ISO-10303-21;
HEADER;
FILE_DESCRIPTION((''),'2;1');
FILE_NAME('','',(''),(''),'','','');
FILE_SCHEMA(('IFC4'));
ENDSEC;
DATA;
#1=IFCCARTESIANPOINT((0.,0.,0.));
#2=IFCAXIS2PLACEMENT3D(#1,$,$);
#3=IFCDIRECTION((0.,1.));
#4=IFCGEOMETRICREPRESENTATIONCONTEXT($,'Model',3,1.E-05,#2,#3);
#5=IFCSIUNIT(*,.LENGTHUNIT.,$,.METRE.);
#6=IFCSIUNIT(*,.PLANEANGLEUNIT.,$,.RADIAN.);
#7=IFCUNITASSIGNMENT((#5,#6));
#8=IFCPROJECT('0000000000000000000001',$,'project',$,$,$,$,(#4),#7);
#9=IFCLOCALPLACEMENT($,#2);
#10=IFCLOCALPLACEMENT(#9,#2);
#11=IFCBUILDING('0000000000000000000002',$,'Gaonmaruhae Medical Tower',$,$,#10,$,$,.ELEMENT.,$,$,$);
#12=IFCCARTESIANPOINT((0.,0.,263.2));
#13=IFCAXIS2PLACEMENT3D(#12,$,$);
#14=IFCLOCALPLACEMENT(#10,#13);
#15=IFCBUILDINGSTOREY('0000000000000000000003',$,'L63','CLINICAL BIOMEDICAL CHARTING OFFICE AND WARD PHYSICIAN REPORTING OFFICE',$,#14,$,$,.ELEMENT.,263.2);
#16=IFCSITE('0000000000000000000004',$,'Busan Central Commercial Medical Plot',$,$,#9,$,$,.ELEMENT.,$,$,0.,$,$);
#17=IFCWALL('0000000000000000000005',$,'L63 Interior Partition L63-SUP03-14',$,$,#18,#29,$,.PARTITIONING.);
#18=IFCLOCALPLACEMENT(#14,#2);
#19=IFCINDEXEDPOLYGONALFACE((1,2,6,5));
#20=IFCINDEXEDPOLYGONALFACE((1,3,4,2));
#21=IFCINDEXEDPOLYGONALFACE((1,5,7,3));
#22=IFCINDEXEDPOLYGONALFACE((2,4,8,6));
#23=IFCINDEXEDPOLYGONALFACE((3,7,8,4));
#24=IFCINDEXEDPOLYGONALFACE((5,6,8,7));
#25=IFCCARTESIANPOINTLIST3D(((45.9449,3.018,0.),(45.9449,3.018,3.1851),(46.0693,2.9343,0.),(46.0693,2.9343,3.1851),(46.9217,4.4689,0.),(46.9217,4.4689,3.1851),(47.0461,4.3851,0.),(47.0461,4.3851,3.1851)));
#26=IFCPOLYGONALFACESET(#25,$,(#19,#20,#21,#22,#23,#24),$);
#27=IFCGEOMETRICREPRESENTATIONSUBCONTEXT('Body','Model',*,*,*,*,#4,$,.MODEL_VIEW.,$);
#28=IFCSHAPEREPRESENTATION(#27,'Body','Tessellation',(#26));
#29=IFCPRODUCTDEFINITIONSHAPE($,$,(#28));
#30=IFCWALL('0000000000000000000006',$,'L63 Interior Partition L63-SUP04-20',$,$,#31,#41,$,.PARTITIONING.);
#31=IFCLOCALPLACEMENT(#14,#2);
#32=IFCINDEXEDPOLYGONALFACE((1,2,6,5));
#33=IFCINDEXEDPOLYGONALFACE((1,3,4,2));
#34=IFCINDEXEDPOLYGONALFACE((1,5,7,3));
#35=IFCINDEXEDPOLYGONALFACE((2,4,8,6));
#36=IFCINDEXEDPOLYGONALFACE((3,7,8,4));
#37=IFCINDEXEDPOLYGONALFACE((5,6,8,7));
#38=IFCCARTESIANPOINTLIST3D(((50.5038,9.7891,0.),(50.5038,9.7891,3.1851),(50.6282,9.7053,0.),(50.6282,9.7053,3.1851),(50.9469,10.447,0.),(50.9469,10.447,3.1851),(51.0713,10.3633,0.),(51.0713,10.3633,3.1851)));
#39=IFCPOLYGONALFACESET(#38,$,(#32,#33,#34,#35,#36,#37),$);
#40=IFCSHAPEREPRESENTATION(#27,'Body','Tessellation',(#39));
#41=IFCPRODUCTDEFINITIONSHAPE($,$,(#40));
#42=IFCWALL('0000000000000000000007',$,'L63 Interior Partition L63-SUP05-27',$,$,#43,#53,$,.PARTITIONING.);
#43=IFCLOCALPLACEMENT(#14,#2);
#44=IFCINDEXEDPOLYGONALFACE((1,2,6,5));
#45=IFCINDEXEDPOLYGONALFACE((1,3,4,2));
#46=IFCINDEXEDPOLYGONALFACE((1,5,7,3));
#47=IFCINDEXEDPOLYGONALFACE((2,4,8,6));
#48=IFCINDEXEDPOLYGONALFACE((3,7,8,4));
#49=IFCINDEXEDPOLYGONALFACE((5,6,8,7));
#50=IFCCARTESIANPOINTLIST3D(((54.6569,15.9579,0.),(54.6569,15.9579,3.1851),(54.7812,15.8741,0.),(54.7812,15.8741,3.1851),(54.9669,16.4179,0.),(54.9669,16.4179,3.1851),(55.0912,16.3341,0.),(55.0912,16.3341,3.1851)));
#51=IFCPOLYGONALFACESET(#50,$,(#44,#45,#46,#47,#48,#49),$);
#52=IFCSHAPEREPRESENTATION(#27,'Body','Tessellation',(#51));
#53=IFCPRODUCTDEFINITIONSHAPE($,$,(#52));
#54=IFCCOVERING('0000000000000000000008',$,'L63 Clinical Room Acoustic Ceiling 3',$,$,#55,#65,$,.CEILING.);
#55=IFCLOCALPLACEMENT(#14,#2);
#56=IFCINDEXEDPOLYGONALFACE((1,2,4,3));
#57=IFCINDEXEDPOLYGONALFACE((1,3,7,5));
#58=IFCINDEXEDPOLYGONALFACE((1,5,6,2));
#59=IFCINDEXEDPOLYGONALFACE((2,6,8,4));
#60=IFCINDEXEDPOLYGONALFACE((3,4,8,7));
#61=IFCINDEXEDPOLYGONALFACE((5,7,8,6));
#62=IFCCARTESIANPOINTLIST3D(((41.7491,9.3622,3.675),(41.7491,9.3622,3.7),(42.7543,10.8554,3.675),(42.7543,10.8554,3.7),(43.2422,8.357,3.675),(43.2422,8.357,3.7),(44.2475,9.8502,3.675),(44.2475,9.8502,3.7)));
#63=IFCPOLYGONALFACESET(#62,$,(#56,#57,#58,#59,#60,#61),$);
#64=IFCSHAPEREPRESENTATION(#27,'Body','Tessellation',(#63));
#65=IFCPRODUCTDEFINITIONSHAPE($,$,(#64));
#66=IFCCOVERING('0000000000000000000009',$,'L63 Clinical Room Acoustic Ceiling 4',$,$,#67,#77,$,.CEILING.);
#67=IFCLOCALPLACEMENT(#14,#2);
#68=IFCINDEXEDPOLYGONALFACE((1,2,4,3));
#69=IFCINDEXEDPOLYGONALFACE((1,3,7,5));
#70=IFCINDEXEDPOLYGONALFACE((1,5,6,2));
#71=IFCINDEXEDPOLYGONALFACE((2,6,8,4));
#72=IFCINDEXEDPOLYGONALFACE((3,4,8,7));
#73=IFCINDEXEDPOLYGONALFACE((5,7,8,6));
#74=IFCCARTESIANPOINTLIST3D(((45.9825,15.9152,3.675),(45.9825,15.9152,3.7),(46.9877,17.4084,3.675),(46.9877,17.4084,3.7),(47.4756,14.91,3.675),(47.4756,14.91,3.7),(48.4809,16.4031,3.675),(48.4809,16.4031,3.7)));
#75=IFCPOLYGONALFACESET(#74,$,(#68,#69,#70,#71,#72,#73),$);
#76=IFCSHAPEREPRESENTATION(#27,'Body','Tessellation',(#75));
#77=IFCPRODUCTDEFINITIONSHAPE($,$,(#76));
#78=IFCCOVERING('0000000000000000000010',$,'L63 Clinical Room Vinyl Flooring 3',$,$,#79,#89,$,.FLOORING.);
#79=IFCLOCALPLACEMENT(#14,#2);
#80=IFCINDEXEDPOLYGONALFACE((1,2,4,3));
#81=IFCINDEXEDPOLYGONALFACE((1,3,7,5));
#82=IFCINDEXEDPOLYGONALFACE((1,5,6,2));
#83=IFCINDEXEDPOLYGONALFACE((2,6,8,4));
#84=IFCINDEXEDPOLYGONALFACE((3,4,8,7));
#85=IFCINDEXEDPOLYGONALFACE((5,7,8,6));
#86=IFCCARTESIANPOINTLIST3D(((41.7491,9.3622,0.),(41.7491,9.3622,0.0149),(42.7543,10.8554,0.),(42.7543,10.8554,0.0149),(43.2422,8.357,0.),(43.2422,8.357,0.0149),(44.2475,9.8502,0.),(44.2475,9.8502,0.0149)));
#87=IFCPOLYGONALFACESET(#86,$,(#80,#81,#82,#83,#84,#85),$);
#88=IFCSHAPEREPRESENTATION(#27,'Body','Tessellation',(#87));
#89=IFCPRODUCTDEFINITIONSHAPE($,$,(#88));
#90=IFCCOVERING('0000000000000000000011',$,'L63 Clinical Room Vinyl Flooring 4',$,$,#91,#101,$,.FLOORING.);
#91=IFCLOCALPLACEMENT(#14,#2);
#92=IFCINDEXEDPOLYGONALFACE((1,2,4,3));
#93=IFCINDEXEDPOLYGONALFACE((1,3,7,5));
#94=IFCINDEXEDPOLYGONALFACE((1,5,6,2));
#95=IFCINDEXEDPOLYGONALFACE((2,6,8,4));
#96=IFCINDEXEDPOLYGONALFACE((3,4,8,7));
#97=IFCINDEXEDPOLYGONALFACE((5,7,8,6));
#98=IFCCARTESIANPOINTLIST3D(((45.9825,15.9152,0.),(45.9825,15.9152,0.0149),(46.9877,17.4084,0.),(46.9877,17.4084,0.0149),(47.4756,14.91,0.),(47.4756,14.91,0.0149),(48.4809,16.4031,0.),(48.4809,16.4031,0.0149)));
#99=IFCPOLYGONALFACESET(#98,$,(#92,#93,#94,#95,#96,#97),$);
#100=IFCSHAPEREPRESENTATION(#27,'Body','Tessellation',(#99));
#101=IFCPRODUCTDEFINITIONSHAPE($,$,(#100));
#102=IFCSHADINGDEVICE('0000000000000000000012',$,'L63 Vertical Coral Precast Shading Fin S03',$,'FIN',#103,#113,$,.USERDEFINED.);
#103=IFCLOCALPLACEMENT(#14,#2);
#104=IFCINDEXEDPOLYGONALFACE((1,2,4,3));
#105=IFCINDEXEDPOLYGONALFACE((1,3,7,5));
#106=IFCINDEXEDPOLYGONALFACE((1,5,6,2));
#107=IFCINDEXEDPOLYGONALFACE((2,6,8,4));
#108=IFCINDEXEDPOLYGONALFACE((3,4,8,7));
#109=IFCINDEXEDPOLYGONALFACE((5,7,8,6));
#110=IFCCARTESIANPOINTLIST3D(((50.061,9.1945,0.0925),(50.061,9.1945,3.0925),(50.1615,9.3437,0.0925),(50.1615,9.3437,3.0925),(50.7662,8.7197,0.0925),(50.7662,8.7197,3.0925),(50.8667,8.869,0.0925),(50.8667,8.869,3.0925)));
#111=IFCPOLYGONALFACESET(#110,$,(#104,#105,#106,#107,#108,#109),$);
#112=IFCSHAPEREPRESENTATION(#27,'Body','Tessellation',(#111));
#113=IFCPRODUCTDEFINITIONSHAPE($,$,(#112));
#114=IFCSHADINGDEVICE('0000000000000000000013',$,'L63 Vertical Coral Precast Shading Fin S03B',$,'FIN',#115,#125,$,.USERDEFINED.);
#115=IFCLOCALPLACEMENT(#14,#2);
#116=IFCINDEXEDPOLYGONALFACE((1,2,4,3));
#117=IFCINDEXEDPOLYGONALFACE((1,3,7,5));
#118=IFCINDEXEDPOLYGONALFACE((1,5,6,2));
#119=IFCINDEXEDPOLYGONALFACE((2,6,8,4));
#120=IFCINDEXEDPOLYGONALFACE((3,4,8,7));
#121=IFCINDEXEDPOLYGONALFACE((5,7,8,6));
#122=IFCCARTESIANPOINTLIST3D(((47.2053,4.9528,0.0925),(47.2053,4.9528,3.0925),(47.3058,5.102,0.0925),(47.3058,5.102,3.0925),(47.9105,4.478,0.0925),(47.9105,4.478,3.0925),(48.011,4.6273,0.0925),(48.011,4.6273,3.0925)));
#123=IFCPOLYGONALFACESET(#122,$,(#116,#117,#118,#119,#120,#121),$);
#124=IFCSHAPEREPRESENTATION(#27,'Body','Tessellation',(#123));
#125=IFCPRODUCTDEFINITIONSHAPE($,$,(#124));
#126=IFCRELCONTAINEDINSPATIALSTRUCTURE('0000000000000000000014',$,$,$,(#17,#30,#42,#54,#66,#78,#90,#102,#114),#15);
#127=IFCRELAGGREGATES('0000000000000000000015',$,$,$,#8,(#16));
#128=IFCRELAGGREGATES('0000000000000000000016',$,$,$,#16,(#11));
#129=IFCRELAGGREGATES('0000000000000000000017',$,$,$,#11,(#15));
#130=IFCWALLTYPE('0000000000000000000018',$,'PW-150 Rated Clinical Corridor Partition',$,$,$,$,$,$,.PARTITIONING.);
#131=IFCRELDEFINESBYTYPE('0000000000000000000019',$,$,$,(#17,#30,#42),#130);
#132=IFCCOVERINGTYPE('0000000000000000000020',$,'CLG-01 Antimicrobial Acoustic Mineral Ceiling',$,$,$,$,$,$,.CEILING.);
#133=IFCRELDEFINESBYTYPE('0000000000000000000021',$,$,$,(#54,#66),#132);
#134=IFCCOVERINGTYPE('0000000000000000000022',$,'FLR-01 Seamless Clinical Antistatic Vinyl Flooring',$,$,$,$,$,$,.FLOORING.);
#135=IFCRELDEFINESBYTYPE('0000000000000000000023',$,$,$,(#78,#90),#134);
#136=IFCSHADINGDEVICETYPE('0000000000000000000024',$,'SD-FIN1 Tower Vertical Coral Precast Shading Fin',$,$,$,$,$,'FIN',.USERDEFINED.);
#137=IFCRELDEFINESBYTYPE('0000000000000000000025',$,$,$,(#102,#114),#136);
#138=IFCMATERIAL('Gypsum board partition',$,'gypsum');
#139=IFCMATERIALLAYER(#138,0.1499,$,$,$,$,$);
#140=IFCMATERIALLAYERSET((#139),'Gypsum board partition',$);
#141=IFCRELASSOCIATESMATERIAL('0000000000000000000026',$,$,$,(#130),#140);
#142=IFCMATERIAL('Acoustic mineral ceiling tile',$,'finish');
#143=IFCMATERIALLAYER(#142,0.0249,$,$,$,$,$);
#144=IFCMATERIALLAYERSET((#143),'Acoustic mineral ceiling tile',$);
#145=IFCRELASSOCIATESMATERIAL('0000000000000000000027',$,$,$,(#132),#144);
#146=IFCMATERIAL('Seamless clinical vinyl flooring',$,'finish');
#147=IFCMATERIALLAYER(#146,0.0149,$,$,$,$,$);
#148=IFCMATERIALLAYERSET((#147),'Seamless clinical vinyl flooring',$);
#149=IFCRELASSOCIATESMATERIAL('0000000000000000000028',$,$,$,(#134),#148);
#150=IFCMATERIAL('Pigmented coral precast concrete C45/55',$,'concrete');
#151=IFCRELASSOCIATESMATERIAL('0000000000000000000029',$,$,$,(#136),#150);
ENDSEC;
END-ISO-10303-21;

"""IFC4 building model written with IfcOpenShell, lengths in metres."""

from ifc_helpers import new_model, si_unit, direction, frame, frame_2d, origin, origin_2d, place, context, subcontext, project, spatial, rectangle, extrude, material, layer, layer_set, type_object, element, save


model = new_model("IFC4")

# Units and contexts
model_context = context("Model", 3, precision=1e-05, world=origin(), true_north=direction((0.0, 1.0)))
body_context = subcontext(model_context, "Body", "Model", "MODEL_VIEW")
ifc_project = project(units=[si_unit("LENGTHUNIT", "METRE"), si_unit("PLANEANGLEUNIT", "RADIAN")], contexts=[model_context])

# Site, building, storey
site_placement = place(None, origin())
site = spatial("IfcSite", under=ifc_project, at=site_placement, Name="Busan Central Commercial Medical Plot", CompositionType="ELEMENT", RefElevation=0.0)
building_placement = place(site_placement, origin())
building = spatial("IfcBuilding", under=site, at=building_placement, Name="Gaonmaruhae Medical Tower", CompositionType="ELEMENT")
storey_placement = place(building_placement, frame((0.0, 0.0, 263.2)))
storey = spatial("IfcBuildingStorey", under=building, at=storey_placement, Name="L63", Description="CLINICAL BIOMEDICAL CHARTING OFFICE AND WARD PHYSICIAN REPORTING OFFICE", CompositionType="ELEMENT", Elevation=263.2)

# Walls
ifc_material_1 = material(Name="Gypsum board partition", Category="gypsum")
ifc_layer_1 = layer(ifc_material_1, 0.1499)
ifc_layer_set_1 = layer_set([ifc_layer_1], Name="Gypsum board partition")
wall_type_1 = type_object("IfcWallType", Name="PW-150 Rated Clinical Corridor Partition", PredefinedType="PARTITIONING", material=ifc_layer_set_1)
wall_1_placement = place(storey_placement, frame((46.9839, 4.427, 0.0), z_axis=(0.0, 0.0, 1.0), x_axis=(-0.558463, -0.829529, 0.0)))
element("IfcWall", 1, at=wall_1_placement, inside=storey, type_object=wall_type_1, Name="L63 Interior Partition L63-SUP03-14", PredefinedType="PARTITIONING", context=body_context, shape_type="SweptSolid", body=[
    extrude(rectangle(XDim=1.749, YDim=0.1499, at=frame_2d((0.8745, 0.0))), origin(), (0.0, 0.0, 1.0), 3.1851),
])
wall_2_placement = place(storey_placement, frame((51.009, 10.405, 0.0), z_axis=(0.0, 0.0, 1.0), x_axis=(-0.5586, -0.829437, 0.0)))
element("IfcWall", 2, at=wall_2_placement, inside=storey, type_object=wall_type_1, Name="L63 Interior Partition L63-SUP04-20", PredefinedType="PARTITIONING", context=body_context, shape_type="SweptSolid", body=[
    extrude(rectangle(XDim=0.7932, YDim=0.1499, at=frame_2d((0.3965, 0.0))), origin(), (0.0, 0.0, 1.0), 3.1851),
])
wall_3_placement = place(storey_placement, frame((55.0291, 16.376, 0.0), z_axis=(0.0, 0.0, 1.0), x_axis=(-0.558959, -0.829195, 0.0)))
element("IfcWall", 3, at=wall_3_placement, inside=storey, type_object=wall_type_1, Name="L63 Interior Partition L63-SUP05-27", PredefinedType="PARTITIONING", context=body_context, shape_type="SweptSolid", body=[
    extrude(rectangle(XDim=0.5547, YDim=0.1499, at=frame_2d((0.2773, 0.0))), origin(), (0.0, 0.0, 1.0), 3.1851),
])

# Coverings
ifc_material_2 = material(Name="Acoustic mineral ceiling tile", Category="finish")
ifc_layer_2 = layer(ifc_material_2, 0.0249)
ifc_layer_set_2 = layer_set([ifc_layer_2], Name="Acoustic mineral ceiling tile")
covering_type_1 = type_object("IfcCoveringType", Name="CLG-01 Antimicrobial Acoustic Mineral Ceiling", PredefinedType="CEILING", material=ifc_layer_set_2)
for number, where, z_axis, x_axis, name in (
    (4, (42.9983, 9.6062, 3.675), (0.0, 0.0, 1.0), (0.558469, 0.829525, 0.0), "L63 Clinical Room Acoustic Ceiling 3"),
    (5, (47.2317, 16.1592, 3.675), (0.0, 0.0, 1.0), (0.558469, 0.829525, 0.0), "L63 Clinical Room Acoustic Ceiling 4"),
):
    element("IfcCovering", number, at=place(storey_placement, frame(where, z_axis=z_axis, x_axis=x_axis)), inside=storey, type_object=covering_type_1, Name=name, PredefinedType="CEILING", context=body_context, shape_type="SweptSolid", body=[
        extrude(rectangle(XDim=1.8, YDim=1.8, at=origin_2d()), origin(), (0.0, 0.0, 1.0), 0.0249),
    ])
ifc_material_3 = material(Name="Seamless clinical vinyl flooring", Category="finish")
ifc_layer_3 = layer(ifc_material_3, 0.0149)
ifc_layer_set_3 = layer_set([ifc_layer_3], Name="Seamless clinical vinyl flooring")
covering_type_2 = type_object("IfcCoveringType", Name="FLR-01 Seamless Clinical Antistatic Vinyl Flooring", PredefinedType="FLOORING", material=ifc_layer_set_3)
for number, where, z_axis, x_axis, name in (
    (6, (42.9983, 9.6062, 0.0), (0.0, 0.0, 1.0), (0.558469, 0.829525, 0.0), "L63 Clinical Room Vinyl Flooring 3"),
    (7, (47.2317, 16.1592, 0.0), (0.0, 0.0, 1.0), (0.558469, 0.829525, 0.0), "L63 Clinical Room Vinyl Flooring 4"),
):
    element("IfcCovering", number, at=place(storey_placement, frame(where, z_axis=z_axis, x_axis=x_axis)), inside=storey, type_object=covering_type_2, Name=name, PredefinedType="FLOORING", context=body_context, shape_type="SweptSolid", body=[
        extrude(rectangle(XDim=1.8, YDim=1.8, at=origin_2d()), origin(), (0.0, 0.0, 1.0), 0.0149),
    ])

# Shading devices
ifc_material_4 = material(Name="Pigmented coral precast concrete C45/55", Category="concrete")
shading_device_type = type_object("IfcShadingDeviceType", Name="SD-FIN1 Tower Vertical Coral Precast Shading Fin", ElementType="FIN", PredefinedType="USERDEFINED", material=ifc_material_4)
for number, where, z_axis, x_axis, name in (
    (8, (50.4639, 9.0317, 0.0925), (0.0, 0.0, 1.0), (-0.558469, -0.829525, 0.0), "L63 Vertical Coral Precast Shading Fin S03"),
    (9, (47.6082, 4.79, 0.0925), (0.0, 0.0, 1.0), (-0.558469, -0.829525, 0.0), "L63 Vertical Coral Precast Shading Fin S03B"),
):
    element("IfcShadingDevice", number, at=place(storey_placement, frame(where, z_axis=z_axis, x_axis=x_axis)), inside=storey, type_object=shading_device_type, Name=name, ObjectType="FIN", PredefinedType="USERDEFINED", context=body_context, shape_type="SweptSolid", body=[
        extrude(rectangle(XDim=0.1799, YDim=0.8501, at=origin_2d()), origin(), (0.0, 0.0, 1.0), 3.0),
    ])

save(model, "model.ifc")
